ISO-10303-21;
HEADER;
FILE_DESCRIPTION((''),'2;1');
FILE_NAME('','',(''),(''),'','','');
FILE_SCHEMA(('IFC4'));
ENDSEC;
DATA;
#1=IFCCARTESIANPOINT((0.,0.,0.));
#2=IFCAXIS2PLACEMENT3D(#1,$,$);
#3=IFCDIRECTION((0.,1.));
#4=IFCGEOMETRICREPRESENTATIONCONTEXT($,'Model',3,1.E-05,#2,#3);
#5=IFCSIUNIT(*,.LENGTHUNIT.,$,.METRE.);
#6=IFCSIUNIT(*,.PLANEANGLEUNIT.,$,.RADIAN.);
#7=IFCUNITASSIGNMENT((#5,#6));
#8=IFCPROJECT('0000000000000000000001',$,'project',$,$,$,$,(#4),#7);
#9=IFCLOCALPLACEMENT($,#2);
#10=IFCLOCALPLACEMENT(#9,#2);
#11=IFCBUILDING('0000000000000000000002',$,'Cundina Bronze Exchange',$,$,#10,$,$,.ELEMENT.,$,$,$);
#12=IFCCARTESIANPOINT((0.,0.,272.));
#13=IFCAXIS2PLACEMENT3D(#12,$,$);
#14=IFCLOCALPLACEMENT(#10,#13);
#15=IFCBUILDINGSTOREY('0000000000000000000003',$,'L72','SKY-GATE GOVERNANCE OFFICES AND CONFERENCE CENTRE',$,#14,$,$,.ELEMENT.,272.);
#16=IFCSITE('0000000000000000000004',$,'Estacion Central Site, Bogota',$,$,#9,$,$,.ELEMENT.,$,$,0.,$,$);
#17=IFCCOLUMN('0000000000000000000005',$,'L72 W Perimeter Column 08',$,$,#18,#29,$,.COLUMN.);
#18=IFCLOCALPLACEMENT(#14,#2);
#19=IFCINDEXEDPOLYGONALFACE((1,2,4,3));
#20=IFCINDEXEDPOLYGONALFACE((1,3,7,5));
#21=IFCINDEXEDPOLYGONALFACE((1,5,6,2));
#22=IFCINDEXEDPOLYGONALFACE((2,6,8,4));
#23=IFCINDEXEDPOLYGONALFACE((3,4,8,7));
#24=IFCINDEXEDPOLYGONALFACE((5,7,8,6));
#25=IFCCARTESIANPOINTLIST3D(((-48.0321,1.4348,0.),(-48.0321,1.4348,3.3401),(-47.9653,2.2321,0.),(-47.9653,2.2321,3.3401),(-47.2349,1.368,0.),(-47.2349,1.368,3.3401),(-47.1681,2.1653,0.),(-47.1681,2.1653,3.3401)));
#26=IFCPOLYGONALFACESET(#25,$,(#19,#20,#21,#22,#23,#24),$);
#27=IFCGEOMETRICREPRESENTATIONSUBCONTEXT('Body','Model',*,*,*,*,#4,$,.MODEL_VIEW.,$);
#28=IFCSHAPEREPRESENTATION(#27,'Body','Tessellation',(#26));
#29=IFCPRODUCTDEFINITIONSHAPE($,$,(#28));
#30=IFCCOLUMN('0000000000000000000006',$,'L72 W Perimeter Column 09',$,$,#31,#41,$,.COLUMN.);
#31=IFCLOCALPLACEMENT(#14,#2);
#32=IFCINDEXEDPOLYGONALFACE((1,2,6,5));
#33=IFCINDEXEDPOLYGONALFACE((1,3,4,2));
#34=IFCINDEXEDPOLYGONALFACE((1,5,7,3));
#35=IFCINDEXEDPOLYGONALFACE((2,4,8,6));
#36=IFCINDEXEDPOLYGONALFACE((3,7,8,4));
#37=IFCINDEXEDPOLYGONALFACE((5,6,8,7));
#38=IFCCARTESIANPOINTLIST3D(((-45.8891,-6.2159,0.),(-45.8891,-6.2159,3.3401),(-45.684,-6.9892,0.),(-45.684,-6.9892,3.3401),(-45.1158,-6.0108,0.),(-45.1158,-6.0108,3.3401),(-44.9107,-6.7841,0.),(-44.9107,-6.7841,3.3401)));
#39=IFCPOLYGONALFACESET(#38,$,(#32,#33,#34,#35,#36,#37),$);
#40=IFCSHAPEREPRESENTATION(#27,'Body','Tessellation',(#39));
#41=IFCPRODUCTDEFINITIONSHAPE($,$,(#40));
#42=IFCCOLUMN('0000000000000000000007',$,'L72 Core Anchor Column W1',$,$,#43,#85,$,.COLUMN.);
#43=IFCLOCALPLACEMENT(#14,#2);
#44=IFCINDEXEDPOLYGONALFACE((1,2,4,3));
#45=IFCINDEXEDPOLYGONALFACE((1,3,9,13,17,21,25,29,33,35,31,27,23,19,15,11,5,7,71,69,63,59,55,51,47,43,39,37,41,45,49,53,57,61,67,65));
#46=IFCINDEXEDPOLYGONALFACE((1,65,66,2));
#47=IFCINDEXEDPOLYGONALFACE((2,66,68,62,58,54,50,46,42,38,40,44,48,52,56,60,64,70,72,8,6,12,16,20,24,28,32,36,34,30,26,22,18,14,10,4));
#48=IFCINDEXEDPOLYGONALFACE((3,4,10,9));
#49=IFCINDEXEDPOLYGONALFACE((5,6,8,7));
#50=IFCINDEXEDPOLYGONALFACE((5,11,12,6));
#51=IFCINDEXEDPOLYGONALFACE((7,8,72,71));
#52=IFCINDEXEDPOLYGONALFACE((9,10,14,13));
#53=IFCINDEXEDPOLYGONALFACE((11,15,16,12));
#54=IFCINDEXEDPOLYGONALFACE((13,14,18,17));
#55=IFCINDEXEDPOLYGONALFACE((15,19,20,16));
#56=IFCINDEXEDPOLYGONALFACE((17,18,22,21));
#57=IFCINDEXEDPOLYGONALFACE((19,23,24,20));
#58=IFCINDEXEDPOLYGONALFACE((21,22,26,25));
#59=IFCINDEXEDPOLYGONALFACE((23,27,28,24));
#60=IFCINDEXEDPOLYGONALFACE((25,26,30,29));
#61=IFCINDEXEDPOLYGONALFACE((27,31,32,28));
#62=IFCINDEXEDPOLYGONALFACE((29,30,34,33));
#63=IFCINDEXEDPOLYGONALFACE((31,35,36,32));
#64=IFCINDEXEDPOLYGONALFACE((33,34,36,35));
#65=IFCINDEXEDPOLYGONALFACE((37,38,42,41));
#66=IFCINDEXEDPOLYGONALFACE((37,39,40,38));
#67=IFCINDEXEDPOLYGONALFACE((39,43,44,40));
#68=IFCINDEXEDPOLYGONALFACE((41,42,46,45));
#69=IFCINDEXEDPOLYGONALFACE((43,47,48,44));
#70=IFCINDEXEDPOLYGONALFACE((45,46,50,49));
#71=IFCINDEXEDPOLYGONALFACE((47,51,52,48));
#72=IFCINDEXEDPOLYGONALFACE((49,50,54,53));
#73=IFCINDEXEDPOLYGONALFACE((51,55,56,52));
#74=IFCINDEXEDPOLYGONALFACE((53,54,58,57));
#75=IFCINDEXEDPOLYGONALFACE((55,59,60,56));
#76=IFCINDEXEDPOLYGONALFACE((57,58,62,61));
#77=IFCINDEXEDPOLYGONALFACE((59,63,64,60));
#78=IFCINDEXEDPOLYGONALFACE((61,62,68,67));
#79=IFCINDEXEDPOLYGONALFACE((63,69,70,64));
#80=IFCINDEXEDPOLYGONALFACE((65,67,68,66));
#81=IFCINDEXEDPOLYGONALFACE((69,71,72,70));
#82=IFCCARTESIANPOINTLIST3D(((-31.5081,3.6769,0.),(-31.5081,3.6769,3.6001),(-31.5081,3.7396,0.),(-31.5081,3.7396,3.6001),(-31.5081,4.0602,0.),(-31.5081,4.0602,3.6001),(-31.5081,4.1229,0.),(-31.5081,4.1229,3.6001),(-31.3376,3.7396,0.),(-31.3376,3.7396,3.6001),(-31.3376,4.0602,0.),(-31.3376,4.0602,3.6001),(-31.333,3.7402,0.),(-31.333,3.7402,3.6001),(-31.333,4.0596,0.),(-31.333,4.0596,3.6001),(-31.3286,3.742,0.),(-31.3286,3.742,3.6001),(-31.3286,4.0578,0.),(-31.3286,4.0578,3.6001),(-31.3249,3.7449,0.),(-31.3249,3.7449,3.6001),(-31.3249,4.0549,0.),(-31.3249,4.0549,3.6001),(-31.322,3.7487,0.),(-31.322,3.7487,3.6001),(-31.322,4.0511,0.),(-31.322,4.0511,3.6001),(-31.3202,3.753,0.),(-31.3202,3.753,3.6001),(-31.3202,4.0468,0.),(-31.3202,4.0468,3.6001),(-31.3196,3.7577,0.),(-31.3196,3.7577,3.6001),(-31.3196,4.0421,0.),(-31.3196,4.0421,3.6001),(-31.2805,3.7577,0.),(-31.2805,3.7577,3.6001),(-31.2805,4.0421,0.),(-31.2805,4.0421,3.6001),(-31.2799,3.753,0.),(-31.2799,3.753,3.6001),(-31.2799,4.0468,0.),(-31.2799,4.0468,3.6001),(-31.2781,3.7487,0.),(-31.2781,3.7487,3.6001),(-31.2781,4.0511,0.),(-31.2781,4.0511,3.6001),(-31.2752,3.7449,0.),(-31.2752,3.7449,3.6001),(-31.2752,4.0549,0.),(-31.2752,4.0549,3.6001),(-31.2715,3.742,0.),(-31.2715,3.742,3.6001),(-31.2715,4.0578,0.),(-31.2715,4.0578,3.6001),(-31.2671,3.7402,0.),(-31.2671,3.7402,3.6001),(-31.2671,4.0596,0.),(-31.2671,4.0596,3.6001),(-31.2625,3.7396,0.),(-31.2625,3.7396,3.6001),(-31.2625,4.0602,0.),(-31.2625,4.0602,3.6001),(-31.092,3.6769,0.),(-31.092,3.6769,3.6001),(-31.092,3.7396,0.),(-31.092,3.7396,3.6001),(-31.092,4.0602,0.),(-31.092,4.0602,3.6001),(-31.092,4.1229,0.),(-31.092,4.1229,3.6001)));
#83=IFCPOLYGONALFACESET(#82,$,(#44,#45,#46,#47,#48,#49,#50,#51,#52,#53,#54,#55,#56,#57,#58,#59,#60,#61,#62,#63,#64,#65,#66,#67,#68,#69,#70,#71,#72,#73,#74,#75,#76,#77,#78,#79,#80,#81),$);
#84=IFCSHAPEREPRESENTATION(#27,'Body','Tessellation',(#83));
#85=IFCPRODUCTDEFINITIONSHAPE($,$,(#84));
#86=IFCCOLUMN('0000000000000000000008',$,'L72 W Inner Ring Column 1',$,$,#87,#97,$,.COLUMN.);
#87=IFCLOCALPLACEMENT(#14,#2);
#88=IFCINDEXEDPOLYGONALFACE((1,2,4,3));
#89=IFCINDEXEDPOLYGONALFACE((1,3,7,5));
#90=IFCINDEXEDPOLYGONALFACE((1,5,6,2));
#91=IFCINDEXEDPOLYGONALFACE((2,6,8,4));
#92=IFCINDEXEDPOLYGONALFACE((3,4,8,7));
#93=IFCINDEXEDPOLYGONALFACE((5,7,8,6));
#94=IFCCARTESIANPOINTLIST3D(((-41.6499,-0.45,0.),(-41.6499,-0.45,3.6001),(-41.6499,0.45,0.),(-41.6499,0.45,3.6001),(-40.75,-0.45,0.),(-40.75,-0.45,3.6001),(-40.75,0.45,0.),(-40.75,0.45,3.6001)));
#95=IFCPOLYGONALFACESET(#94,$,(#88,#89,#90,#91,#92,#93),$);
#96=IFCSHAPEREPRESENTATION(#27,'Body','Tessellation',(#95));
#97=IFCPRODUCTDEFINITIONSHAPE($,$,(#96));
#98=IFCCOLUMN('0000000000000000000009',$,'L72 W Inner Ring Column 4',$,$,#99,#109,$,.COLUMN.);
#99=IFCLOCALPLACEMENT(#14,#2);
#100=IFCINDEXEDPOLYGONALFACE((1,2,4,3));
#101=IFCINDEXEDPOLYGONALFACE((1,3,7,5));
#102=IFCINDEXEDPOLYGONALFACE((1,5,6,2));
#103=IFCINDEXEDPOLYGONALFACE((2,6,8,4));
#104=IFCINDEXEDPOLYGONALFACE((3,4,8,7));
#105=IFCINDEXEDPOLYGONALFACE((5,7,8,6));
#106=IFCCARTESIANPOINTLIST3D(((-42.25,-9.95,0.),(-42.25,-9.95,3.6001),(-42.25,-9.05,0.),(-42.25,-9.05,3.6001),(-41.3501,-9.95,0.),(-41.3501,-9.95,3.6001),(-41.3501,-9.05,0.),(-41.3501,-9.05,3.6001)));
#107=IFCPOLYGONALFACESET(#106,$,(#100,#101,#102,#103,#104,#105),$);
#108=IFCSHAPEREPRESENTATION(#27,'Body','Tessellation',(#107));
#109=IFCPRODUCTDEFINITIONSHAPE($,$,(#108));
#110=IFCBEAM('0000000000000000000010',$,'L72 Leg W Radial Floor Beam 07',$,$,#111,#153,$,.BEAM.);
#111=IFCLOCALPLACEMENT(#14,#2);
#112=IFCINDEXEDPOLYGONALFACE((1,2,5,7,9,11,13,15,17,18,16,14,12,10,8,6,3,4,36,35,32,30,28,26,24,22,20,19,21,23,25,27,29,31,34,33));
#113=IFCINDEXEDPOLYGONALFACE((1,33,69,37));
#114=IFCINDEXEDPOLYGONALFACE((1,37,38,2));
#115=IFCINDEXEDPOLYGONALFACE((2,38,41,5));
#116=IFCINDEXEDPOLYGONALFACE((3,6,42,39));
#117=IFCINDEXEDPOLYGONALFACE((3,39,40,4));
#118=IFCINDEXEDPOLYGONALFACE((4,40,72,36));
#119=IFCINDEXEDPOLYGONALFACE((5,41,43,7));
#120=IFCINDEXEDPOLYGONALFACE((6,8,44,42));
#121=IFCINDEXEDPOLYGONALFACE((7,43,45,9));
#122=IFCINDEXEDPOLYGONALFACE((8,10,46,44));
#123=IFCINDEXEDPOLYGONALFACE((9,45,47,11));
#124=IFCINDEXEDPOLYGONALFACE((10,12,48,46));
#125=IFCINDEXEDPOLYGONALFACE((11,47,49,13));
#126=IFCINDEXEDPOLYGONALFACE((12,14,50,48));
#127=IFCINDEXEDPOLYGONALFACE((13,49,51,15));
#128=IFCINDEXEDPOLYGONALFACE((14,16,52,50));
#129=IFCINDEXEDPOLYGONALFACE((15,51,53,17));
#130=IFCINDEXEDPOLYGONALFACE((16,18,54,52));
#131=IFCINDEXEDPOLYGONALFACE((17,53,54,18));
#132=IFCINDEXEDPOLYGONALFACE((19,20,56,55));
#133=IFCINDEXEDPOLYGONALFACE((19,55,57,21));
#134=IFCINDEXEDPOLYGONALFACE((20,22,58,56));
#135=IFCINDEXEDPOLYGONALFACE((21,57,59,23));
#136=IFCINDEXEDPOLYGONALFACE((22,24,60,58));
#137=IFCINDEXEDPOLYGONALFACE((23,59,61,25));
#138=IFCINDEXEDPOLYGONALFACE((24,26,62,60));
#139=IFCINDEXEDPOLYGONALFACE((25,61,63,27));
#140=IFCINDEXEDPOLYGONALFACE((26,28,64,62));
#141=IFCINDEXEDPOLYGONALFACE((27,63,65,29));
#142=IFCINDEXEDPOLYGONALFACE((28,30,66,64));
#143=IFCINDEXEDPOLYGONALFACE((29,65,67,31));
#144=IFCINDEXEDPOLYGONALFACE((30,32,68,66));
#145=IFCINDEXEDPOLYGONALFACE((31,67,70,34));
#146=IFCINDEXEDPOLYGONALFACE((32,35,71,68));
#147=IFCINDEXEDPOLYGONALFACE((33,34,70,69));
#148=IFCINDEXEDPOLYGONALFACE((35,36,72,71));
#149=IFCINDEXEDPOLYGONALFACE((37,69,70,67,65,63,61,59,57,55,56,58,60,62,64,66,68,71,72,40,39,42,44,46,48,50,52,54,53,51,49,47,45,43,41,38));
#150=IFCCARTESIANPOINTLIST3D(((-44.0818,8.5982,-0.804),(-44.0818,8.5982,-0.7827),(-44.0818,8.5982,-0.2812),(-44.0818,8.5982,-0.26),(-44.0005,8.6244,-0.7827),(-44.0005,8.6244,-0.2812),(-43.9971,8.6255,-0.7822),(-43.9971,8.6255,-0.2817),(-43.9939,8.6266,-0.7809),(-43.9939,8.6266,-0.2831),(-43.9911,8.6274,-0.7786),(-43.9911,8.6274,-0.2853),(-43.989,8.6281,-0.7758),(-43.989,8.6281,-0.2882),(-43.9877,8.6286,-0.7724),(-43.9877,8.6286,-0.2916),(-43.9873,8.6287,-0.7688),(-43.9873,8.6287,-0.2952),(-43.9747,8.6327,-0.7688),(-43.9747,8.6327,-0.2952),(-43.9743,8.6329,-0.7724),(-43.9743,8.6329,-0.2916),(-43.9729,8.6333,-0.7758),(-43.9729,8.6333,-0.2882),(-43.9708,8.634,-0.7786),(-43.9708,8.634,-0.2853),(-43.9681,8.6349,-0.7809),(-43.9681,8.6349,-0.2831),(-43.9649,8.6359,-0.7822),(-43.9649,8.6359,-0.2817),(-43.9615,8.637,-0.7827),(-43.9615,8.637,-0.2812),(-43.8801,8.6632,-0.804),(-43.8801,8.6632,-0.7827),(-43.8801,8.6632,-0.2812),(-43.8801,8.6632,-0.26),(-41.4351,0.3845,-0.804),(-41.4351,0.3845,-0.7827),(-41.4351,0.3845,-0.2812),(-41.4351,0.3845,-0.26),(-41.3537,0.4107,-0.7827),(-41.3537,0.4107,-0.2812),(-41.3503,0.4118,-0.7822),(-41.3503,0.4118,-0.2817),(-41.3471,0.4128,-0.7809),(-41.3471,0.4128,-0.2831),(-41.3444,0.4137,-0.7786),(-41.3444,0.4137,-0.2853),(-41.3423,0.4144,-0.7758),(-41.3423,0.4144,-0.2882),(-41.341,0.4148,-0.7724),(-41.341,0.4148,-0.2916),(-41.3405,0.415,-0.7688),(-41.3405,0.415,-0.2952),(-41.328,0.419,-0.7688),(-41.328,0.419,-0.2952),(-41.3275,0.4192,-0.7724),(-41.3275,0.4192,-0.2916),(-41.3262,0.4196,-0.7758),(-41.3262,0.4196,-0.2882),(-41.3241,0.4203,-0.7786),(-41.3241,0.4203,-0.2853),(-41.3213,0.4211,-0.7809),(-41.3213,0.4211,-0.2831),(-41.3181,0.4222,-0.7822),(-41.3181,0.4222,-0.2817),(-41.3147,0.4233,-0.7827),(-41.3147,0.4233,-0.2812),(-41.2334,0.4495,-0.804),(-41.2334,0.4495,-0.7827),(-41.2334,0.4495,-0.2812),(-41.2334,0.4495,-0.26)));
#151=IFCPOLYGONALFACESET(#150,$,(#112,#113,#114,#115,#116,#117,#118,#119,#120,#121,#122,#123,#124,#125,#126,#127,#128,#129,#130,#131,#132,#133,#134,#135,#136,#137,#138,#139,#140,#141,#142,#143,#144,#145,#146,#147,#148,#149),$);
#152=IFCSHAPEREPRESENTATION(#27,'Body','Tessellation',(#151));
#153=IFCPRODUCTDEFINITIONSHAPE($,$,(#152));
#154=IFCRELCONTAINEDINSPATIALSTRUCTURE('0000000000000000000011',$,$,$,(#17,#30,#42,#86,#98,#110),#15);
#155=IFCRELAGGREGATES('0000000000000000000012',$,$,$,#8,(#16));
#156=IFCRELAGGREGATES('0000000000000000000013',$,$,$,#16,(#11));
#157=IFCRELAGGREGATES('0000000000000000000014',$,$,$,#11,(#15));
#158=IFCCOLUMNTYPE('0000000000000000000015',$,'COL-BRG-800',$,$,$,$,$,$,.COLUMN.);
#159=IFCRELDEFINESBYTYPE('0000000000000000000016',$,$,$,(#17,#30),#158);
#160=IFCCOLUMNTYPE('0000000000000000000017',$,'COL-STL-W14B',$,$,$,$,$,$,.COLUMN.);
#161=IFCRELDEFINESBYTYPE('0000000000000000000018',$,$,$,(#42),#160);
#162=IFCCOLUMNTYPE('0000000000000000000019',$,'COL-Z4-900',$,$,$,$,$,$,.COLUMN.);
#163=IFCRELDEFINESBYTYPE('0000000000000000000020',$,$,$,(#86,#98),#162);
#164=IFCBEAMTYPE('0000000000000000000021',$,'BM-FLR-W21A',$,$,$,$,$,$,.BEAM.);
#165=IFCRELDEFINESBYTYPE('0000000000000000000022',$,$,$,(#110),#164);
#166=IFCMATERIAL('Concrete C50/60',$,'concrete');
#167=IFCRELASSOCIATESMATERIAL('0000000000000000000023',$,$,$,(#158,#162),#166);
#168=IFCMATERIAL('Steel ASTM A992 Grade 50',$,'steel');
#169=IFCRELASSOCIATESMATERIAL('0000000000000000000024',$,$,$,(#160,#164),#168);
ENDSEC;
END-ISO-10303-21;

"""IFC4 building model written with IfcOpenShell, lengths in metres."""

from ifc_helpers import new_model, si_unit, direction, frame, origin, origin_2d, place, context, subcontext, project, spatial, rectangle, i_section, extrude, material, material_profile, profile_set, type_object, element, save


model = new_model("IFC4")

# Units and contexts
model_context = context("Model", 3, precision=1e-05, world=origin(), true_north=direction((0.0, 1.0)))
body_context = subcontext(model_context, "Body", "Model", "MODEL_VIEW")
ifc_project = project(units=[si_unit("LENGTHUNIT", "METRE"), si_unit("PLANEANGLEUNIT", "RADIAN")], contexts=[model_context])

# Site, building, storey
site_placement = place(None, origin())
site = spatial("IfcSite", under=ifc_project, at=site_placement, Name="Estacion Central Site, Bogota", CompositionType="ELEMENT", RefElevation=0.0)
building_placement = place(site_placement, origin())
building = spatial("IfcBuilding", under=site, at=building_placement, Name="Cundina Bronze Exchange", CompositionType="ELEMENT")
storey_placement = place(building_placement, frame((0.0, 0.0, 272.0)))
storey = spatial("IfcBuildingStorey", under=building, at=storey_placement, Name="L72", Description="SKY-GATE GOVERNANCE OFFICES AND CONFERENCE CENTRE", CompositionType="ELEMENT", Elevation=272.0)

# Columns
ifc_material_1 = material(Name="Concrete C50/60", Category="concrete")
ifc_material_profile_1 = material_profile(ifc_material_1, rectangle(XDim=0.8, YDim=0.8, at=origin_2d()), Name="RC800X800", Category="concrete")
ifc_profile_set_1 = profile_set([ifc_material_profile_1], Name="Concrete C50/60")
column_type_1 = type_object("IfcColumnType", Name="COL-BRG-800", PredefinedType="COLUMN", material=ifc_profile_set_1)
for number, where, z_axis, x_axis, name in (
    (1, (-47.6001, 1.8, 0.0), (0.0, 0.0, 1.0), (-0.083504, -0.996507, 0.0), "L72 W Perimeter Column 08"),
    (2, (-45.3999, -6.5, 0.0), (0.0, 0.0, 1.0), (0.256289, -0.9666, 0.0), "L72 W Perimeter Column 09"),
):
    element("IfcColumn", number, at=place(storey_placement, frame(where, z_axis=z_axis, x_axis=x_axis)), inside=storey, type_object=column_type_1, Name=name, PredefinedType="COLUMN", context=body_context, shape_type="SweptSolid", body=[
        extrude(rectangle(XDim=0.8, YDim=0.8, at=origin_2d()), origin(), (0.0, 0.0, 1.0), 3.3401),
    ])
ifc_material_2 = material(Name="Steel ASTM A992 Grade 50", Category="steel")
ifc_material_profile_2 = material_profile(ifc_material_2, i_section(OverallWidth=0.416, OverallDepth=0.446, WebThickness=0.0391, FlangeThickness=0.0627, FilletRadius=0.0181, at=origin_2d()), Name="W14X342", Category="steel")
ifc_profile_set_2 = profile_set([ifc_material_profile_2], Name="Steel ASTM A992 Grade 50")
column_type_2 = type_object("IfcColumnType", Name="COL-STL-W14B", PredefinedType="COLUMN", material=ifc_profile_set_2)
column_placement = place(storey_placement, frame((-31.3, 3.8999, 0.0), z_axis=(0.0, 0.0, 1.0), x_axis=(1.0, 0.0, 0.0)))
element("IfcColumn", 3, at=column_placement, inside=storey, type_object=column_type_2, Name="L72 Core Anchor Column W1", PredefinedType="COLUMN", context=body_context, shape_type="SweptSolid", body=[
    extrude(i_section(OverallWidth=0.416, OverallDepth=0.446, WebThickness=0.0391, FlangeThickness=0.0627, FilletRadius=0.0181, at=origin_2d()), origin(), (0.0, 0.0, 1.0), 3.6001),
])
ifc_material_profile_3 = material_profile(ifc_material_1, rectangle(XDim=0.8999, YDim=0.8999, at=origin_2d()), Name="RC900X900", Category="concrete")
ifc_profile_set_3 = profile_set([ifc_material_profile_3], Name="Concrete C50/60")
column_type_3 = type_object("IfcColumnType", Name="COL-Z4-900", PredefinedType="COLUMN", material=ifc_profile_set_3)
for number, where, z_axis, x_axis, name in (
    (4, (-41.2, 0.0, 0.0), (0.0, 0.0, 1.0), (1.0, 0.0, 0.0), "L72 W Inner Ring Column 1"),
    (5, (-41.8, -9.5, 0.0), (0.0, 0.0, 1.0), (1.0, 0.0, 0.0), "L72 W Inner Ring Column 4"),
):
    element("IfcColumn", number, at=place(storey_placement, frame(where, z_axis=z_axis, x_axis=x_axis)), inside=storey, type_object=column_type_3, Name=name, PredefinedType="COLUMN", context=body_context, shape_type="SweptSolid", body=[
        extrude(rectangle(XDim=0.8999, YDim=0.8999, at=origin_2d()), origin(), (0.0, 0.0, 1.0), 3.6001),
    ])

# Beam
ifc_material_profile_4 = material_profile(ifc_material_2, i_section(OverallWidth=0.2119, OverallDepth=0.5439, WebThickness=0.0132, FlangeThickness=0.0212, FilletRadius=0.0139, at=origin_2d()), Name="W21X83", Category="steel")
ifc_profile_set_4 = profile_set([ifc_material_profile_4], Name="Steel ASTM A992 Grade 50")
beam_type_1 = type_object("IfcBeamType", Name="BM-FLR-W21A", PredefinedType="BEAM", material=ifc_profile_set_4)
beam_1_placement = place(storey_placement, frame((-41.3342, 0.417, -0.532), z_axis=(-0.306706, 0.951804, 0.0), x_axis=(-0.951804, -0.306706, 0.0)))
element("IfcBeam", 6, at=beam_1_placement, inside=storey, type_object=beam_type_1, Name="L72 Leg W Radial Floor Beam 07", PredefinedType="BEAM", context=body_context, shape_type="SweptSolid", body=[
    extrude(i_section(OverallWidth=0.2119, OverallDepth=0.5439, WebThickness=0.0132, FlangeThickness=0.0212, FilletRadius=0.0139, at=origin_2d()), origin(), (0.0, 0.0, 1.0), 8.6296),
])

save(model, "model.ifc")
